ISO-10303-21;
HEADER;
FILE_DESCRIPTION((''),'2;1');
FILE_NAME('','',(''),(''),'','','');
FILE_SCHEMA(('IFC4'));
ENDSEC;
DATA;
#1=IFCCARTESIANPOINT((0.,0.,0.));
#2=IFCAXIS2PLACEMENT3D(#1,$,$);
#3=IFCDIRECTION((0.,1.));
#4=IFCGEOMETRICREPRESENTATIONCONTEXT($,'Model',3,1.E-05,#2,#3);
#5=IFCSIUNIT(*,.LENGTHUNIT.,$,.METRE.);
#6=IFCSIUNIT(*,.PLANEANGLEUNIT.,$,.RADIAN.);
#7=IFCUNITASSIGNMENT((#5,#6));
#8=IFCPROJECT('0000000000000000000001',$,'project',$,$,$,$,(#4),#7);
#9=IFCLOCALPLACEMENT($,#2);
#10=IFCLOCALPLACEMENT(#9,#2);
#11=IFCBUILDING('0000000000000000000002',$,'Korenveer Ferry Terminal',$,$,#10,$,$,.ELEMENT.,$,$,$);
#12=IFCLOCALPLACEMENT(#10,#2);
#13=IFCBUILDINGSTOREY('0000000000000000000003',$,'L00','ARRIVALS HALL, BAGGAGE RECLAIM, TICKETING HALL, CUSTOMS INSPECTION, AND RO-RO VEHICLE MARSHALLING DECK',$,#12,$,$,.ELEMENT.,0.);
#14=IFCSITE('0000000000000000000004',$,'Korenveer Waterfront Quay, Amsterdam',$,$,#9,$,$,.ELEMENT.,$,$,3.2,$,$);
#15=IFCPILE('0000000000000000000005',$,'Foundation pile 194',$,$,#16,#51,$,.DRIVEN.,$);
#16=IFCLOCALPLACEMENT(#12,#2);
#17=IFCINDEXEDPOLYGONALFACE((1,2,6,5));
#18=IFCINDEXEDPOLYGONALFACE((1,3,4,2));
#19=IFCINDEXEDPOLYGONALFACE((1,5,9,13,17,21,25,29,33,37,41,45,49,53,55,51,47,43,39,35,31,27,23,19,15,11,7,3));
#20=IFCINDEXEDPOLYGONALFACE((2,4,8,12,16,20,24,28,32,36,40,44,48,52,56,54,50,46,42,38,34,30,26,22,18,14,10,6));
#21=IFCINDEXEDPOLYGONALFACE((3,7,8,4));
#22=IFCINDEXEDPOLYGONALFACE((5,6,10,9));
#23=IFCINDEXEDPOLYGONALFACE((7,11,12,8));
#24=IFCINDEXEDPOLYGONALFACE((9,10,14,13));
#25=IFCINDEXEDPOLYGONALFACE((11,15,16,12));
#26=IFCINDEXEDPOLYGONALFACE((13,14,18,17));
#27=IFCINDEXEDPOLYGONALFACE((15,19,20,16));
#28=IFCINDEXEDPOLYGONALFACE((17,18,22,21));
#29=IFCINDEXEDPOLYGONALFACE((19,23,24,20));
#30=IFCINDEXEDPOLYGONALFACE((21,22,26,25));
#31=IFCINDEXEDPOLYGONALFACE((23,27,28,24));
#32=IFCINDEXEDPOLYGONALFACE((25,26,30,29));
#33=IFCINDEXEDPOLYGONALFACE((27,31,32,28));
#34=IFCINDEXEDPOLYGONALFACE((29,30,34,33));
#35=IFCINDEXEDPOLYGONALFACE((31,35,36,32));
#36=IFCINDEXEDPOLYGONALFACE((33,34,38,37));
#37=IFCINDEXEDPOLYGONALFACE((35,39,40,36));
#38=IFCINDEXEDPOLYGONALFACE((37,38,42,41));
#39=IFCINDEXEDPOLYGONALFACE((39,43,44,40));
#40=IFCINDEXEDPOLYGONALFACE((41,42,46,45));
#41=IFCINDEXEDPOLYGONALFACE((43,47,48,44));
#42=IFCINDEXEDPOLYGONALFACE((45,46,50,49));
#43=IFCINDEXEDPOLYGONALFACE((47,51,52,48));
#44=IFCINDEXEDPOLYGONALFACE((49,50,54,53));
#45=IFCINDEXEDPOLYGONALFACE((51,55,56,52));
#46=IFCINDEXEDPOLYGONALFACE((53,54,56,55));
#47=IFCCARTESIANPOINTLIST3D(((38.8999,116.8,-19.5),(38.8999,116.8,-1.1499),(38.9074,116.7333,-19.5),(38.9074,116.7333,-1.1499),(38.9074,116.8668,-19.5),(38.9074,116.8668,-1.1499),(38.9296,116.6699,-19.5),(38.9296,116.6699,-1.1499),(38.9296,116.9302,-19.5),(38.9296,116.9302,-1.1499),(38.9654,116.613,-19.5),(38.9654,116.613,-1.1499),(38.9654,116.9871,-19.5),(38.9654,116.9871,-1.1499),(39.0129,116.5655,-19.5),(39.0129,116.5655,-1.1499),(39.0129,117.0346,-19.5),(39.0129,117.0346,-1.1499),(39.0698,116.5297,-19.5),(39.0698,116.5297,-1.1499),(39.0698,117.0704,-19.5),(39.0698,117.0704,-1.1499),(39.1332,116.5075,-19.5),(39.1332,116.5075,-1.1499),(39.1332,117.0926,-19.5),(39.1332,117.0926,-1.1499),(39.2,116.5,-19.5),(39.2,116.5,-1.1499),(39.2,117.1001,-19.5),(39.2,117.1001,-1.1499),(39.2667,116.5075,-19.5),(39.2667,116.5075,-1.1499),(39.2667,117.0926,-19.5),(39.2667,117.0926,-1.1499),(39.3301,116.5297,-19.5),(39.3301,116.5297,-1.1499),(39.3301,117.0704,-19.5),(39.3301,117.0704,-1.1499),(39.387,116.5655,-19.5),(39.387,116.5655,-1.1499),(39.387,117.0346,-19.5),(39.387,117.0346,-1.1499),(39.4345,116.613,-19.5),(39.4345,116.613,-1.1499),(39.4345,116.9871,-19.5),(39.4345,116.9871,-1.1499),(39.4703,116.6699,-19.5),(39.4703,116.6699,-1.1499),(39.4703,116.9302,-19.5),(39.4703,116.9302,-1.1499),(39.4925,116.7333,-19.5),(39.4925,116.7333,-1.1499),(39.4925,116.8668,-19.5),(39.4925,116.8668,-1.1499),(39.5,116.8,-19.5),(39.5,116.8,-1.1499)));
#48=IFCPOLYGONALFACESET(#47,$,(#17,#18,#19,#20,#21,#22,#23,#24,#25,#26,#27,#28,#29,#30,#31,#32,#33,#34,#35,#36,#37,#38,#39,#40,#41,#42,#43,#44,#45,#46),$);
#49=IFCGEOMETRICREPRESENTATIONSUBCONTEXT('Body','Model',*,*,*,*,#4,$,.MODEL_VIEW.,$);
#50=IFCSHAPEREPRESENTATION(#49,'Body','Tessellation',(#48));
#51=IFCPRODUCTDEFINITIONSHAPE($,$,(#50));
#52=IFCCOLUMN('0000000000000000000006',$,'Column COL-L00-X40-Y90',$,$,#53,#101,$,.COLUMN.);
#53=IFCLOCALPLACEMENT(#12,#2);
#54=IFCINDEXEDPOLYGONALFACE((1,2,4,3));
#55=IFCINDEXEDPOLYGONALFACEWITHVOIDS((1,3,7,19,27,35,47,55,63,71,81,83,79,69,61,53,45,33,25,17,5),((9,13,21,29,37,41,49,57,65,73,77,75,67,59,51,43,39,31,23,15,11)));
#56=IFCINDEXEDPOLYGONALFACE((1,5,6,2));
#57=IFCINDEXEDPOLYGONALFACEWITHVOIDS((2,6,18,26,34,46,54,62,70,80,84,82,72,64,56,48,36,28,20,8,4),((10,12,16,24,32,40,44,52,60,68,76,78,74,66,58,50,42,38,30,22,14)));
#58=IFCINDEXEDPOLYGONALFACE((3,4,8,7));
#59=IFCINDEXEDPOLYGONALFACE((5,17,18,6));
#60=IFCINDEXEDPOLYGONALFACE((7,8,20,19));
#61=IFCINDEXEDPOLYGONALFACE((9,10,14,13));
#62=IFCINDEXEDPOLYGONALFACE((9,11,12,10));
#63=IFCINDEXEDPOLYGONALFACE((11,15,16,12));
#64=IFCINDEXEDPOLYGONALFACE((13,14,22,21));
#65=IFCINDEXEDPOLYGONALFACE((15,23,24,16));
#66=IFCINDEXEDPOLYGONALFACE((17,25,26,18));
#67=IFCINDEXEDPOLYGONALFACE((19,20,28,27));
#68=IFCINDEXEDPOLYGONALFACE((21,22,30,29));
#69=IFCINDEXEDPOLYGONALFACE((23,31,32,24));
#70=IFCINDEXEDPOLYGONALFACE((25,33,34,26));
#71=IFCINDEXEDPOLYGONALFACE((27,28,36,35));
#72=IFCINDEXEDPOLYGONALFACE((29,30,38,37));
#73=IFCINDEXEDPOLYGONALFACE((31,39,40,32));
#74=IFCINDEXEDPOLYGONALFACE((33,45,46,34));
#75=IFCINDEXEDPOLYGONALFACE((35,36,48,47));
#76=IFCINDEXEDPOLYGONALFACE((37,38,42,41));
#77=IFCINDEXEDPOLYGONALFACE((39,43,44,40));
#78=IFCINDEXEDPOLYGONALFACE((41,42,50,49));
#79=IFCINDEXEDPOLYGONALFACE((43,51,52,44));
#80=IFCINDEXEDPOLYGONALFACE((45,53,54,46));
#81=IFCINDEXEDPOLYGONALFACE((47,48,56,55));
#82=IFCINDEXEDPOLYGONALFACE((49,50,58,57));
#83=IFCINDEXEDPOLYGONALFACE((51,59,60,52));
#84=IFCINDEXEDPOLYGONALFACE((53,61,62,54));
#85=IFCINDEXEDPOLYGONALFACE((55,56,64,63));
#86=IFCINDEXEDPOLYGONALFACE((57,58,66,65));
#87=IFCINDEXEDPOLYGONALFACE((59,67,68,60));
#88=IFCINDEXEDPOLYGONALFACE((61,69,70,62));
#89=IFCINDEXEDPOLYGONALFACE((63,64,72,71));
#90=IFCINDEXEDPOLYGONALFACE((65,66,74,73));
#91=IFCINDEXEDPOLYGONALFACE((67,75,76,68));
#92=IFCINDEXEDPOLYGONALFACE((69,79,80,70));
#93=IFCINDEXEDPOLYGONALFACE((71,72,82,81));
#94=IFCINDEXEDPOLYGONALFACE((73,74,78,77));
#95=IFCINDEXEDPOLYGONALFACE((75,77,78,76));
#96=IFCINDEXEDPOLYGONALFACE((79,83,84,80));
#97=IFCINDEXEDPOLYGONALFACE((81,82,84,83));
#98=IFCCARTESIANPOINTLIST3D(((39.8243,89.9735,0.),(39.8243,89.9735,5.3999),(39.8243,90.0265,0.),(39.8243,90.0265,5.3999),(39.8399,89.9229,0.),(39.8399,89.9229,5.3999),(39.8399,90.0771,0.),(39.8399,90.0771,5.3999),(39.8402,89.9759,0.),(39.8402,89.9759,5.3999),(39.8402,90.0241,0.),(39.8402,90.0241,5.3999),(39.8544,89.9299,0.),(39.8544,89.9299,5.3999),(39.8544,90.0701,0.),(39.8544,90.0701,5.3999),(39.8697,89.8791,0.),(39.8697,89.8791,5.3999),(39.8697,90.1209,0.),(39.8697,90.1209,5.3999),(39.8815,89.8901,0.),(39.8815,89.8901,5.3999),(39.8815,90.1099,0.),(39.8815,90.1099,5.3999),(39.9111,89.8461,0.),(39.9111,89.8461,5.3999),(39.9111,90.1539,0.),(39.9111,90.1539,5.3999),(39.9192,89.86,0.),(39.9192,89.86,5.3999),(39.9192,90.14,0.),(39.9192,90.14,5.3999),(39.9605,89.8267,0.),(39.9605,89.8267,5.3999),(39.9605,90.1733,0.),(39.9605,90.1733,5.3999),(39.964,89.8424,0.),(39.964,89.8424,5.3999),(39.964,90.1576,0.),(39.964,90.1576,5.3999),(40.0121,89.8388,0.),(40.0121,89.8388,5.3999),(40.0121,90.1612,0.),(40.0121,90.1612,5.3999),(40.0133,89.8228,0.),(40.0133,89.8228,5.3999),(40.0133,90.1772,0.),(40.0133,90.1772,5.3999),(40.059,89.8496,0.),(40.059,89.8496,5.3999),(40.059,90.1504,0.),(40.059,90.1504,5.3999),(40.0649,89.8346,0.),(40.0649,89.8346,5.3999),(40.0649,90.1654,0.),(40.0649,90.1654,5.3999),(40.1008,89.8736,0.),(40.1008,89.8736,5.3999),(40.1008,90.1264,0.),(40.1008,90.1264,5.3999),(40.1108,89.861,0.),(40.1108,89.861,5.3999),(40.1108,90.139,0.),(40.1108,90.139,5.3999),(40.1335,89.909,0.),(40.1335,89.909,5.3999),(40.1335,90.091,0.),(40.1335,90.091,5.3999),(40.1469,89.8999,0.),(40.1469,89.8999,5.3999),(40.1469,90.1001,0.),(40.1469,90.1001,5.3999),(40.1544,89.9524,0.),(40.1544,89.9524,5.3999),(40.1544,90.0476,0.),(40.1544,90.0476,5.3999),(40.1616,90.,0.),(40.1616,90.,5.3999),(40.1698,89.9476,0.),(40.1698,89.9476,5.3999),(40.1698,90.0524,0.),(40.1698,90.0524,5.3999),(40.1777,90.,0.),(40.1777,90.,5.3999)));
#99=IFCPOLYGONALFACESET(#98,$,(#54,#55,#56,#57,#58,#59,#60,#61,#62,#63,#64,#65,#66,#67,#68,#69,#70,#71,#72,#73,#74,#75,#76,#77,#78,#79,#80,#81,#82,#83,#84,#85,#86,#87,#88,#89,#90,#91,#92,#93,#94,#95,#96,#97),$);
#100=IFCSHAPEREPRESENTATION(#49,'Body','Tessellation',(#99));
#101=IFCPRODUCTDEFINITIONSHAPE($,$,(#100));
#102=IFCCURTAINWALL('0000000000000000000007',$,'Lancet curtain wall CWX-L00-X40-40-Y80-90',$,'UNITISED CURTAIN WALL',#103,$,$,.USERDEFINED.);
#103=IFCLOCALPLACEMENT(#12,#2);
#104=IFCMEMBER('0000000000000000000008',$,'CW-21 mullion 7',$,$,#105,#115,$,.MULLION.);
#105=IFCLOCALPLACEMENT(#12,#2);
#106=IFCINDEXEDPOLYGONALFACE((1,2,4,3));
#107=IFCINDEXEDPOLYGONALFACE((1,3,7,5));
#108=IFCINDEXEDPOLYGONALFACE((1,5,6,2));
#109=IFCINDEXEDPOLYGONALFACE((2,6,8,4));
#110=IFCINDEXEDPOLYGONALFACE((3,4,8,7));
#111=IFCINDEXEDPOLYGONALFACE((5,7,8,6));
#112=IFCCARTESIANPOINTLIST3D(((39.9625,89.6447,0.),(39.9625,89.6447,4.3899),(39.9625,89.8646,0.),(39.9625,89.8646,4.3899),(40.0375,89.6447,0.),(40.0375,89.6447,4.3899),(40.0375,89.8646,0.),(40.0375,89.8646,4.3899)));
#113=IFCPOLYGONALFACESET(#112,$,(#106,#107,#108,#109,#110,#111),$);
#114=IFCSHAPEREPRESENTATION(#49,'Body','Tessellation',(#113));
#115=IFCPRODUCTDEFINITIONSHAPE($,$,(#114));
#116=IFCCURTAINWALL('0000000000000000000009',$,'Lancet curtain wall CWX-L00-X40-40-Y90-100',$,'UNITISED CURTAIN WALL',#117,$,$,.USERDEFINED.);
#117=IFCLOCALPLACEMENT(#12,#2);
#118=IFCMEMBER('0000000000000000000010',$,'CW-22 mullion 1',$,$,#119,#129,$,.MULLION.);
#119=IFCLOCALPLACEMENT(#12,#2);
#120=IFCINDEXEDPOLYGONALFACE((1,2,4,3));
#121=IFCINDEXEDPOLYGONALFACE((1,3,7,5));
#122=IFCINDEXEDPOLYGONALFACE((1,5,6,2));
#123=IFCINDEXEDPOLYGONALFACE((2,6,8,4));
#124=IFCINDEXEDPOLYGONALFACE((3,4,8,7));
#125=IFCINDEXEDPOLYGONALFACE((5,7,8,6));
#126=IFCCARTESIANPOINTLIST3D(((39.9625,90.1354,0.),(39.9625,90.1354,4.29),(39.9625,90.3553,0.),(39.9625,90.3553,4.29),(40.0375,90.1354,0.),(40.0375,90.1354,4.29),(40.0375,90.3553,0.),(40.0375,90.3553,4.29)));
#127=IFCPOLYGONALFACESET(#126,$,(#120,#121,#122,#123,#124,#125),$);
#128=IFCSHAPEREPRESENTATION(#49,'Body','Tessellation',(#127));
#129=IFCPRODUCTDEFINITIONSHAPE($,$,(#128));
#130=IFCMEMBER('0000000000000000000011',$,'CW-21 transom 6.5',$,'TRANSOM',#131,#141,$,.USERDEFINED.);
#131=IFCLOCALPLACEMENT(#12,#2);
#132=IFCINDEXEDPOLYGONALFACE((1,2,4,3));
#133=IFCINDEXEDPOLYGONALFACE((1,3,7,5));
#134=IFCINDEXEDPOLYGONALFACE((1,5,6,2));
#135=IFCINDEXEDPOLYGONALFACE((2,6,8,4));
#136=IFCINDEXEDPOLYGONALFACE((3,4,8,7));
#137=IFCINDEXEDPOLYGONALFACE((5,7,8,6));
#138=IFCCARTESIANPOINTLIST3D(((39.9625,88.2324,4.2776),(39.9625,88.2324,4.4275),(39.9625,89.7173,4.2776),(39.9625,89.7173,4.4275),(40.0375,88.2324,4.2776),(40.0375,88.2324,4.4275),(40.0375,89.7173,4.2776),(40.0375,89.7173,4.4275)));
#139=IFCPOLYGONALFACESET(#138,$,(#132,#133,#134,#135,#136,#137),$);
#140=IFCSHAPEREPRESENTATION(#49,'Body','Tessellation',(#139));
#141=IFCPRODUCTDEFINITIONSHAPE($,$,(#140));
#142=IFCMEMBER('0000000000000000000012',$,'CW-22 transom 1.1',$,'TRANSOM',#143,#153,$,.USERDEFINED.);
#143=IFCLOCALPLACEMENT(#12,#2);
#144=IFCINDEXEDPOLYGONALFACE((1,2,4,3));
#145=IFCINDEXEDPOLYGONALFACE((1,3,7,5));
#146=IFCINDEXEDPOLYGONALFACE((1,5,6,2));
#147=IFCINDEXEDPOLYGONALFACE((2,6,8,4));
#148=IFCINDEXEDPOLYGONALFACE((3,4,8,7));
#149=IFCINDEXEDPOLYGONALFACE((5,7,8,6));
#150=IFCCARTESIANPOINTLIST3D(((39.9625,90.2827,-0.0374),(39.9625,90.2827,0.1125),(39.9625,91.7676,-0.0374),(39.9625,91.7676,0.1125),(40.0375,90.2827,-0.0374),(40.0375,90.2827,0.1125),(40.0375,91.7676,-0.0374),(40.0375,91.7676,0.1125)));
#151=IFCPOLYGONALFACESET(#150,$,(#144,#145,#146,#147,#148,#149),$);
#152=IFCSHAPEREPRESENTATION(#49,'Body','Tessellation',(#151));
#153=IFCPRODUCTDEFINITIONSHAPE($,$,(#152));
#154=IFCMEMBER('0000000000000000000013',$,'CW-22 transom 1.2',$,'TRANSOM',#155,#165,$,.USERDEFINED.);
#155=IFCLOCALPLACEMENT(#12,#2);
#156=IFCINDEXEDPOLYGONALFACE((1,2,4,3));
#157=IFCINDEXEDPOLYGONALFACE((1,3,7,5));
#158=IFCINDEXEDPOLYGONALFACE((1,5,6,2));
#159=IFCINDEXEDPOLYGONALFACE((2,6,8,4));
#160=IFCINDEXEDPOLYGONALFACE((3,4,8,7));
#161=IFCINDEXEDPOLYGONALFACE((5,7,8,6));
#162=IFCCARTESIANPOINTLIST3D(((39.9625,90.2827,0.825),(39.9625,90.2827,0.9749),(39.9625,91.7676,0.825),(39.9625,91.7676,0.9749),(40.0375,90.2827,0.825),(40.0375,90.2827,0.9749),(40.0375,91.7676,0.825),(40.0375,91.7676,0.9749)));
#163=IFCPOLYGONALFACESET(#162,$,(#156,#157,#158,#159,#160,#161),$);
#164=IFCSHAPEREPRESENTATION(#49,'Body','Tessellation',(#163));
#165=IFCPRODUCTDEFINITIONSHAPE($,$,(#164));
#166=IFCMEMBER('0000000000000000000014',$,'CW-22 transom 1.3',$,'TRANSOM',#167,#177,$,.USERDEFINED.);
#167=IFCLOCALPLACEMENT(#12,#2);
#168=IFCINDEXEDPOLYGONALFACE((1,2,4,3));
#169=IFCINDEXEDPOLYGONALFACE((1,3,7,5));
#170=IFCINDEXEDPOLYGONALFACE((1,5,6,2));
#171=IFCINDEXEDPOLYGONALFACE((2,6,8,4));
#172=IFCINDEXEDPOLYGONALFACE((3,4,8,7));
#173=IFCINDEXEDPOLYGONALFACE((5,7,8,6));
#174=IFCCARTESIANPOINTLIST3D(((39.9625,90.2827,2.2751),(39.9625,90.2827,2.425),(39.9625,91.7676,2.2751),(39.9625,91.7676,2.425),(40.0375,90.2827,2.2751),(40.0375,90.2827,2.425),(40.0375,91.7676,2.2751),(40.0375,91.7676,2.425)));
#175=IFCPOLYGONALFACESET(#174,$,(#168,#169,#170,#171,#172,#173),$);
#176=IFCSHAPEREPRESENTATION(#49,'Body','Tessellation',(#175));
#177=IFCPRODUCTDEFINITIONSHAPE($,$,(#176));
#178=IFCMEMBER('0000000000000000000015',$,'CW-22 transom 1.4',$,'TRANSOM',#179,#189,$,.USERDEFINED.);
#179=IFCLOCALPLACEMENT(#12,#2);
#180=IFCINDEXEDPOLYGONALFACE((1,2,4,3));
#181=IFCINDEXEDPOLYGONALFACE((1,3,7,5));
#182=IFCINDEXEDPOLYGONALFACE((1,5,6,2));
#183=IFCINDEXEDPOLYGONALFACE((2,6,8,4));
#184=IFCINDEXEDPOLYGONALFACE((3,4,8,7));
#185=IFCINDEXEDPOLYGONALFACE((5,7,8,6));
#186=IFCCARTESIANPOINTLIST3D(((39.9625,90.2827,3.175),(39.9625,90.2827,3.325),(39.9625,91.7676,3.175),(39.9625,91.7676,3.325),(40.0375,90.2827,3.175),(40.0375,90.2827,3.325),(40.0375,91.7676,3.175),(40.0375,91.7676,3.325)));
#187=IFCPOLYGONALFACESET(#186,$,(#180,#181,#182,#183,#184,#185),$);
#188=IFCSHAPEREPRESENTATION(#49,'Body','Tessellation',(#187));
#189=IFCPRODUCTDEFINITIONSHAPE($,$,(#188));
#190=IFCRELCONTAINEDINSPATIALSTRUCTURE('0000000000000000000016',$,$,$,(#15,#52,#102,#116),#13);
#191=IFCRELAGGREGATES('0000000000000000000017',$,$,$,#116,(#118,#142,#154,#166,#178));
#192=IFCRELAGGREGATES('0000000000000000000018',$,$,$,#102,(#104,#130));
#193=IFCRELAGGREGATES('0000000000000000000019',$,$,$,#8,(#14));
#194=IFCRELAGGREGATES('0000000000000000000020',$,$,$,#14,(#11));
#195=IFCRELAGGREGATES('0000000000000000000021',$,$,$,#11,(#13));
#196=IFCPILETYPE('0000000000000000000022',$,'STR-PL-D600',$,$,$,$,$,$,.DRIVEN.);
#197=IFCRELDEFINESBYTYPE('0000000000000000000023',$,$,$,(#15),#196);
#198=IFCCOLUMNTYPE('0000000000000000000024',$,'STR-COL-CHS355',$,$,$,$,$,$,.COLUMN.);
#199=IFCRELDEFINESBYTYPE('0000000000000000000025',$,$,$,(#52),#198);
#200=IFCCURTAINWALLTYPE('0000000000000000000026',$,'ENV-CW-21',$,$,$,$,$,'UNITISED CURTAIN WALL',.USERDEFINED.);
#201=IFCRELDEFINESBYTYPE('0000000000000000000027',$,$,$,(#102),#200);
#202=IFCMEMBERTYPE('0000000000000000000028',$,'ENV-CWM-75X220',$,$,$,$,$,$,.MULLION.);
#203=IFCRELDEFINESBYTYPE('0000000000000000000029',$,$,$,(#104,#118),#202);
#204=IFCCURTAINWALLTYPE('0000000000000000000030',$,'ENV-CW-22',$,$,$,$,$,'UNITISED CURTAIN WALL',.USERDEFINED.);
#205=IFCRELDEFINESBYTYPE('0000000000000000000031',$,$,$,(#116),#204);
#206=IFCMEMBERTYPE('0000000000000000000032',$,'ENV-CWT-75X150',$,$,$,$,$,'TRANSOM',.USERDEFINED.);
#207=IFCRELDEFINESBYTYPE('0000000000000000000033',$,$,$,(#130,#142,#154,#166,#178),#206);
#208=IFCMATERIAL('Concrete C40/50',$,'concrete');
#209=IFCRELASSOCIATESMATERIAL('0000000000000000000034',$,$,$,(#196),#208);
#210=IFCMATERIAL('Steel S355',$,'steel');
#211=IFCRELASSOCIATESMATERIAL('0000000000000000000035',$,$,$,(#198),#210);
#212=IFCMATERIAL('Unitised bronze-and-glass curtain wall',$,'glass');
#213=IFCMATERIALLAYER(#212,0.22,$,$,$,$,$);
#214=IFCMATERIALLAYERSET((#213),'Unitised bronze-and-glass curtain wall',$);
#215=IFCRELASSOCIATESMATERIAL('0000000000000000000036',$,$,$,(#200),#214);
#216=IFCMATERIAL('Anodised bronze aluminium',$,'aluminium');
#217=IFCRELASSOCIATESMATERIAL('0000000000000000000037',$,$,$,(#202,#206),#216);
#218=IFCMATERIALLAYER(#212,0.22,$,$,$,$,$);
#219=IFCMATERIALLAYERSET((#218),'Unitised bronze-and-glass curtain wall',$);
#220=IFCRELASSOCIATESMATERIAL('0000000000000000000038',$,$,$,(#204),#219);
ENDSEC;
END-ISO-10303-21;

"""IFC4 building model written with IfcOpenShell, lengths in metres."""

from ifc_helpers import new_model, si_unit, direction, frame, origin, origin_2d, place, context, subcontext, project, spatial, rectangle, circle, hollow_circle, extrude, material, layer, layer_set, material_profile, profile_set, type_object, element, aggregate, save


model = new_model("IFC4")

# Units and contexts
model_context = context("Model", 3, precision=1e-05, world=origin(), true_north=direction((0.0, 1.0)))
body_context = subcontext(model_context, "Body", "Model", "MODEL_VIEW")
ifc_project = project(units=[si_unit("LENGTHUNIT", "METRE"), si_unit("PLANEANGLEUNIT", "RADIAN")], contexts=[model_context])

# Site, building, storey
site_placement = place(None, origin())
site = spatial("IfcSite", under=ifc_project, at=site_placement, Name="Korenveer Waterfront Quay, Amsterdam", CompositionType="ELEMENT", RefElevation=3.2)
building_placement = place(site_placement, origin())
building = spatial("IfcBuilding", under=site, at=building_placement, Name="Korenveer Ferry Terminal", CompositionType="ELEMENT")
storey_placement = place(building_placement, origin())
storey = spatial("IfcBuildingStorey", under=building, at=storey_placement, Name="L00", Description="ARRIVALS HALL, BAGGAGE RECLAIM, TICKETING HALL, CUSTOMS INSPECTION, AND RO-RO VEHICLE MARSHALLING DECK", CompositionType="ELEMENT", Elevation=0.0)

# Pile
ifc_material_1 = material(Name="Concrete C40/50", Category="concrete")
ifc_material_profile_1 = material_profile(ifc_material_1, circle(Radius=0.3, at=origin_2d()), Name="PILE D600")
ifc_profile_set_1 = profile_set([ifc_material_profile_1], Name="Concrete C40/50")
pile_type = type_object("IfcPileType", Name="STR-PL-D600", PredefinedType="DRIVEN", material=ifc_profile_set_1)
for number, where, z_axis, x_axis, name in (
    (1, (39.2, 116.8, -1.1499), (0.0, 0.0, -1.0), (1.0, 0.0, 0.0), "Foundation pile 194"),
):
    element("IfcPile", number, at=place(storey_placement, frame(where, z_axis=z_axis, x_axis=x_axis)), inside=storey, type_object=pile_type, Name=name, PredefinedType="DRIVEN", context=body_context, shape_type="SweptSolid", body=[
        extrude(circle(Radius=0.3, at=origin_2d()), origin(), (0.0, 0.0, 1.0), 18.3501),
    ])

# Column
ifc_material_2 = material(Name="Steel S355", Category="steel")
ifc_material_profile_2 = material_profile(ifc_material_2, hollow_circle(Radius=0.1777, WallThickness=0.0161, at=origin_2d()), Name="CHS 355.6x16")
ifc_profile_set_2 = profile_set([ifc_material_profile_2], Name="Steel S355")
column_type = type_object("IfcColumnType", Name="STR-COL-CHS355", PredefinedType="COLUMN", material=ifc_profile_set_2)
column_placement = place(storey_placement, frame((40.0, 90.0, 0.0), z_axis=(0.0, 0.0, 1.0), x_axis=(1.0, 0.0, 0.0)))
element("IfcColumn", 2, at=column_placement, inside=storey, type_object=column_type, Name="Column COL-L00-X40-Y90", PredefinedType="COLUMN", context=body_context, shape_type="SweptSolid", body=[
    extrude(hollow_circle(Radius=0.1777, WallThickness=0.0161, at=origin_2d()), origin(), (0.0, 0.0, 1.0), 5.3999),
])

# Curtain walls, members
ifc_material_3 = material(Name="Unitised bronze-and-glass curtain wall", Category="glass")
ifc_layer_1 = layer(ifc_material_3, 0.22)
ifc_layer_set_1 = layer_set([ifc_layer_1], Name="Unitised bronze-and-glass curtain wall")
curtain_wall_type_1 = type_object("IfcCurtainWallType", Name="ENV-CW-21", ElementType="UNITISED CURTAIN WALL", PredefinedType="USERDEFINED", material=ifc_layer_set_1)
curtain_wall_1_placement = place(storey_placement, frame((40.0, 80.2078, 0.0)))
curtain_wall_1 = element("IfcCurtainWall", 3, at=curtain_wall_1_placement, inside=storey, type_object=curtain_wall_type_1, Name="Lancet curtain wall CWX-L00-X40-40-Y80-90", ObjectType="UNITISED CURTAIN WALL", PredefinedType="USERDEFINED")
ifc_material_4 = material(Name="Anodised bronze aluminium", Category="aluminium")
ifc_material_profile_3 = material_profile(ifc_material_4, rectangle(XDim=0.075, YDim=0.22, at=origin_2d()), Name="ALU 75x220")
ifc_profile_set_3 = profile_set([ifc_material_profile_3], Name="Anodised bronze aluminium")
member_type_1 = type_object("IfcMemberType", Name="ENV-CWM-75X220", PredefinedType="MULLION", material=ifc_profile_set_3)
member_1_placement = place(storey_placement, frame((40.0, 89.7546, 0.0), z_axis=(0.0, 0.0, 1.0), x_axis=(-1.0, 0.0, 0.0)))
member_1 = element("IfcMember", 4, at=member_1_placement, type_object=member_type_1, Name="CW-21 mullion 7", PredefinedType="MULLION", context=body_context, shape_type="SweptSolid", body=[
    extrude(rectangle(XDim=0.075, YDim=0.22, at=origin_2d()), origin(), (0.0, 0.0, 1.0), 4.3899),
])
ifc_layer_2 = layer(ifc_material_3, 0.22)
ifc_layer_set_2 = layer_set([ifc_layer_2], Name="Unitised bronze-and-glass curtain wall")
curtain_wall_type_2 = type_object("IfcCurtainWallType", Name="ENV-CW-22", ElementType="UNITISED CURTAIN WALL", PredefinedType="USERDEFINED", material=ifc_layer_set_2)
curtain_wall_2_placement = place(storey_placement, frame((40.0, 90.2078, 0.0)))
curtain_wall_2 = element("IfcCurtainWall", 5, at=curtain_wall_2_placement, inside=storey, type_object=curtain_wall_type_2, Name="Lancet curtain wall CWX-L00-X40-40-Y90-100", ObjectType="UNITISED CURTAIN WALL", PredefinedType="USERDEFINED")
member_2_placement = place(storey_placement, frame((40.0, 90.2454, 0.0), z_axis=(0.0, 0.0, 1.0), x_axis=(-1.0, 0.0, 0.0)))
member_2 = element("IfcMember", 6, at=member_2_placement, type_object=member_type_1, Name="CW-22 mullion 1", PredefinedType="MULLION", context=body_context, shape_type="SweptSolid", body=[
    extrude(rectangle(XDim=0.075, YDim=0.22, at=origin_2d()), origin(), (0.0, 0.0, 1.0), 4.29),
])

# Members
ifc_material_profile_4 = material_profile(ifc_material_4, rectangle(XDim=0.075, YDim=0.1499, at=origin_2d()), Name="ALU 75x150")
ifc_profile_set_4 = profile_set([ifc_material_profile_4], Name="Anodised bronze aluminium")
member_type_2 = type_object("IfcMemberType", Name="ENV-CWT-75X150", ElementType="TRANSOM", PredefinedType="USERDEFINED", material=ifc_profile_set_4)
member_3_placement = place(storey_placement, frame((40.0, 88.2324, 4.3525), z_axis=(0.0, 1.0, 0.0), x_axis=(-1.0, 0.0, 0.0)))
member_3 = element("IfcMember", 7, at=member_3_placement, type_object=member_type_2, Name="CW-21 transom 6.5", ObjectType="TRANSOM", PredefinedType="USERDEFINED", context=body_context, shape_type="SweptSolid", body=[
    extrude(rectangle(XDim=0.075, YDim=0.1499, at=origin_2d()), origin(), (0.0, 0.0, 1.0), 1.4849),
])
member_4_placement = place(storey_placement, frame((40.0, 90.2827, 0.0376), z_axis=(0.0, 1.0, 0.0), x_axis=(-1.0, 0.0, 0.0)))
member_4 = element("IfcMember", 8, at=member_4_placement, type_object=member_type_2, Name="CW-22 transom 1.1", ObjectType="TRANSOM", PredefinedType="USERDEFINED", context=body_context, shape_type="SweptSolid", body=[
    extrude(rectangle(XDim=0.075, YDim=0.1499, at=origin_2d()), origin(), (0.0, 0.0, 1.0), 1.4849),
])
member_5_placement = place(storey_placement, frame((40.0, 90.2827, 0.8999), z_axis=(0.0, 1.0, 0.0), x_axis=(-1.0, 0.0, 0.0)))
member_5 = element("IfcMember", 9, at=member_5_placement, type_object=member_type_2, Name="CW-22 transom 1.2", ObjectType="TRANSOM", PredefinedType="USERDEFINED", context=body_context, shape_type="SweptSolid", body=[
    extrude(rectangle(XDim=0.075, YDim=0.1499, at=origin_2d()), origin(), (0.0, 0.0, 1.0), 1.4849),
])
member_6_placement = place(storey_placement, frame((40.0, 90.2827, 2.3501), z_axis=(0.0, 1.0, 0.0), x_axis=(-1.0, 0.0, 0.0)))
member_6 = element("IfcMember", 10, at=member_6_placement, type_object=member_type_2, Name="CW-22 transom 1.3", ObjectType="TRANSOM", PredefinedType="USERDEFINED", context=body_context, shape_type="SweptSolid", body=[
    extrude(rectangle(XDim=0.075, YDim=0.1499, at=origin_2d()), origin(), (0.0, 0.0, 1.0), 1.4849),
])
member_7_placement = place(storey_placement, frame((40.0, 90.2827, 3.25), z_axis=(0.0, 1.0, 0.0), x_axis=(-1.0, 0.0, 0.0)))
member_7 = element("IfcMember", 11, at=member_7_placement, type_object=member_type_2, Name="CW-22 transom 1.4", ObjectType="TRANSOM", PredefinedType="USERDEFINED", context=body_context, shape_type="SweptSolid", body=[
    extrude(rectangle(XDim=0.075, YDim=0.1499, at=origin_2d()), origin(), (0.0, 0.0, 1.0), 1.4849),
])
aggregate(curtain_wall_2, [member_2, member_4, member_5, member_6, member_7])

aggregate(curtain_wall_1, [member_1, member_3])

save(model, "model.ifc")
